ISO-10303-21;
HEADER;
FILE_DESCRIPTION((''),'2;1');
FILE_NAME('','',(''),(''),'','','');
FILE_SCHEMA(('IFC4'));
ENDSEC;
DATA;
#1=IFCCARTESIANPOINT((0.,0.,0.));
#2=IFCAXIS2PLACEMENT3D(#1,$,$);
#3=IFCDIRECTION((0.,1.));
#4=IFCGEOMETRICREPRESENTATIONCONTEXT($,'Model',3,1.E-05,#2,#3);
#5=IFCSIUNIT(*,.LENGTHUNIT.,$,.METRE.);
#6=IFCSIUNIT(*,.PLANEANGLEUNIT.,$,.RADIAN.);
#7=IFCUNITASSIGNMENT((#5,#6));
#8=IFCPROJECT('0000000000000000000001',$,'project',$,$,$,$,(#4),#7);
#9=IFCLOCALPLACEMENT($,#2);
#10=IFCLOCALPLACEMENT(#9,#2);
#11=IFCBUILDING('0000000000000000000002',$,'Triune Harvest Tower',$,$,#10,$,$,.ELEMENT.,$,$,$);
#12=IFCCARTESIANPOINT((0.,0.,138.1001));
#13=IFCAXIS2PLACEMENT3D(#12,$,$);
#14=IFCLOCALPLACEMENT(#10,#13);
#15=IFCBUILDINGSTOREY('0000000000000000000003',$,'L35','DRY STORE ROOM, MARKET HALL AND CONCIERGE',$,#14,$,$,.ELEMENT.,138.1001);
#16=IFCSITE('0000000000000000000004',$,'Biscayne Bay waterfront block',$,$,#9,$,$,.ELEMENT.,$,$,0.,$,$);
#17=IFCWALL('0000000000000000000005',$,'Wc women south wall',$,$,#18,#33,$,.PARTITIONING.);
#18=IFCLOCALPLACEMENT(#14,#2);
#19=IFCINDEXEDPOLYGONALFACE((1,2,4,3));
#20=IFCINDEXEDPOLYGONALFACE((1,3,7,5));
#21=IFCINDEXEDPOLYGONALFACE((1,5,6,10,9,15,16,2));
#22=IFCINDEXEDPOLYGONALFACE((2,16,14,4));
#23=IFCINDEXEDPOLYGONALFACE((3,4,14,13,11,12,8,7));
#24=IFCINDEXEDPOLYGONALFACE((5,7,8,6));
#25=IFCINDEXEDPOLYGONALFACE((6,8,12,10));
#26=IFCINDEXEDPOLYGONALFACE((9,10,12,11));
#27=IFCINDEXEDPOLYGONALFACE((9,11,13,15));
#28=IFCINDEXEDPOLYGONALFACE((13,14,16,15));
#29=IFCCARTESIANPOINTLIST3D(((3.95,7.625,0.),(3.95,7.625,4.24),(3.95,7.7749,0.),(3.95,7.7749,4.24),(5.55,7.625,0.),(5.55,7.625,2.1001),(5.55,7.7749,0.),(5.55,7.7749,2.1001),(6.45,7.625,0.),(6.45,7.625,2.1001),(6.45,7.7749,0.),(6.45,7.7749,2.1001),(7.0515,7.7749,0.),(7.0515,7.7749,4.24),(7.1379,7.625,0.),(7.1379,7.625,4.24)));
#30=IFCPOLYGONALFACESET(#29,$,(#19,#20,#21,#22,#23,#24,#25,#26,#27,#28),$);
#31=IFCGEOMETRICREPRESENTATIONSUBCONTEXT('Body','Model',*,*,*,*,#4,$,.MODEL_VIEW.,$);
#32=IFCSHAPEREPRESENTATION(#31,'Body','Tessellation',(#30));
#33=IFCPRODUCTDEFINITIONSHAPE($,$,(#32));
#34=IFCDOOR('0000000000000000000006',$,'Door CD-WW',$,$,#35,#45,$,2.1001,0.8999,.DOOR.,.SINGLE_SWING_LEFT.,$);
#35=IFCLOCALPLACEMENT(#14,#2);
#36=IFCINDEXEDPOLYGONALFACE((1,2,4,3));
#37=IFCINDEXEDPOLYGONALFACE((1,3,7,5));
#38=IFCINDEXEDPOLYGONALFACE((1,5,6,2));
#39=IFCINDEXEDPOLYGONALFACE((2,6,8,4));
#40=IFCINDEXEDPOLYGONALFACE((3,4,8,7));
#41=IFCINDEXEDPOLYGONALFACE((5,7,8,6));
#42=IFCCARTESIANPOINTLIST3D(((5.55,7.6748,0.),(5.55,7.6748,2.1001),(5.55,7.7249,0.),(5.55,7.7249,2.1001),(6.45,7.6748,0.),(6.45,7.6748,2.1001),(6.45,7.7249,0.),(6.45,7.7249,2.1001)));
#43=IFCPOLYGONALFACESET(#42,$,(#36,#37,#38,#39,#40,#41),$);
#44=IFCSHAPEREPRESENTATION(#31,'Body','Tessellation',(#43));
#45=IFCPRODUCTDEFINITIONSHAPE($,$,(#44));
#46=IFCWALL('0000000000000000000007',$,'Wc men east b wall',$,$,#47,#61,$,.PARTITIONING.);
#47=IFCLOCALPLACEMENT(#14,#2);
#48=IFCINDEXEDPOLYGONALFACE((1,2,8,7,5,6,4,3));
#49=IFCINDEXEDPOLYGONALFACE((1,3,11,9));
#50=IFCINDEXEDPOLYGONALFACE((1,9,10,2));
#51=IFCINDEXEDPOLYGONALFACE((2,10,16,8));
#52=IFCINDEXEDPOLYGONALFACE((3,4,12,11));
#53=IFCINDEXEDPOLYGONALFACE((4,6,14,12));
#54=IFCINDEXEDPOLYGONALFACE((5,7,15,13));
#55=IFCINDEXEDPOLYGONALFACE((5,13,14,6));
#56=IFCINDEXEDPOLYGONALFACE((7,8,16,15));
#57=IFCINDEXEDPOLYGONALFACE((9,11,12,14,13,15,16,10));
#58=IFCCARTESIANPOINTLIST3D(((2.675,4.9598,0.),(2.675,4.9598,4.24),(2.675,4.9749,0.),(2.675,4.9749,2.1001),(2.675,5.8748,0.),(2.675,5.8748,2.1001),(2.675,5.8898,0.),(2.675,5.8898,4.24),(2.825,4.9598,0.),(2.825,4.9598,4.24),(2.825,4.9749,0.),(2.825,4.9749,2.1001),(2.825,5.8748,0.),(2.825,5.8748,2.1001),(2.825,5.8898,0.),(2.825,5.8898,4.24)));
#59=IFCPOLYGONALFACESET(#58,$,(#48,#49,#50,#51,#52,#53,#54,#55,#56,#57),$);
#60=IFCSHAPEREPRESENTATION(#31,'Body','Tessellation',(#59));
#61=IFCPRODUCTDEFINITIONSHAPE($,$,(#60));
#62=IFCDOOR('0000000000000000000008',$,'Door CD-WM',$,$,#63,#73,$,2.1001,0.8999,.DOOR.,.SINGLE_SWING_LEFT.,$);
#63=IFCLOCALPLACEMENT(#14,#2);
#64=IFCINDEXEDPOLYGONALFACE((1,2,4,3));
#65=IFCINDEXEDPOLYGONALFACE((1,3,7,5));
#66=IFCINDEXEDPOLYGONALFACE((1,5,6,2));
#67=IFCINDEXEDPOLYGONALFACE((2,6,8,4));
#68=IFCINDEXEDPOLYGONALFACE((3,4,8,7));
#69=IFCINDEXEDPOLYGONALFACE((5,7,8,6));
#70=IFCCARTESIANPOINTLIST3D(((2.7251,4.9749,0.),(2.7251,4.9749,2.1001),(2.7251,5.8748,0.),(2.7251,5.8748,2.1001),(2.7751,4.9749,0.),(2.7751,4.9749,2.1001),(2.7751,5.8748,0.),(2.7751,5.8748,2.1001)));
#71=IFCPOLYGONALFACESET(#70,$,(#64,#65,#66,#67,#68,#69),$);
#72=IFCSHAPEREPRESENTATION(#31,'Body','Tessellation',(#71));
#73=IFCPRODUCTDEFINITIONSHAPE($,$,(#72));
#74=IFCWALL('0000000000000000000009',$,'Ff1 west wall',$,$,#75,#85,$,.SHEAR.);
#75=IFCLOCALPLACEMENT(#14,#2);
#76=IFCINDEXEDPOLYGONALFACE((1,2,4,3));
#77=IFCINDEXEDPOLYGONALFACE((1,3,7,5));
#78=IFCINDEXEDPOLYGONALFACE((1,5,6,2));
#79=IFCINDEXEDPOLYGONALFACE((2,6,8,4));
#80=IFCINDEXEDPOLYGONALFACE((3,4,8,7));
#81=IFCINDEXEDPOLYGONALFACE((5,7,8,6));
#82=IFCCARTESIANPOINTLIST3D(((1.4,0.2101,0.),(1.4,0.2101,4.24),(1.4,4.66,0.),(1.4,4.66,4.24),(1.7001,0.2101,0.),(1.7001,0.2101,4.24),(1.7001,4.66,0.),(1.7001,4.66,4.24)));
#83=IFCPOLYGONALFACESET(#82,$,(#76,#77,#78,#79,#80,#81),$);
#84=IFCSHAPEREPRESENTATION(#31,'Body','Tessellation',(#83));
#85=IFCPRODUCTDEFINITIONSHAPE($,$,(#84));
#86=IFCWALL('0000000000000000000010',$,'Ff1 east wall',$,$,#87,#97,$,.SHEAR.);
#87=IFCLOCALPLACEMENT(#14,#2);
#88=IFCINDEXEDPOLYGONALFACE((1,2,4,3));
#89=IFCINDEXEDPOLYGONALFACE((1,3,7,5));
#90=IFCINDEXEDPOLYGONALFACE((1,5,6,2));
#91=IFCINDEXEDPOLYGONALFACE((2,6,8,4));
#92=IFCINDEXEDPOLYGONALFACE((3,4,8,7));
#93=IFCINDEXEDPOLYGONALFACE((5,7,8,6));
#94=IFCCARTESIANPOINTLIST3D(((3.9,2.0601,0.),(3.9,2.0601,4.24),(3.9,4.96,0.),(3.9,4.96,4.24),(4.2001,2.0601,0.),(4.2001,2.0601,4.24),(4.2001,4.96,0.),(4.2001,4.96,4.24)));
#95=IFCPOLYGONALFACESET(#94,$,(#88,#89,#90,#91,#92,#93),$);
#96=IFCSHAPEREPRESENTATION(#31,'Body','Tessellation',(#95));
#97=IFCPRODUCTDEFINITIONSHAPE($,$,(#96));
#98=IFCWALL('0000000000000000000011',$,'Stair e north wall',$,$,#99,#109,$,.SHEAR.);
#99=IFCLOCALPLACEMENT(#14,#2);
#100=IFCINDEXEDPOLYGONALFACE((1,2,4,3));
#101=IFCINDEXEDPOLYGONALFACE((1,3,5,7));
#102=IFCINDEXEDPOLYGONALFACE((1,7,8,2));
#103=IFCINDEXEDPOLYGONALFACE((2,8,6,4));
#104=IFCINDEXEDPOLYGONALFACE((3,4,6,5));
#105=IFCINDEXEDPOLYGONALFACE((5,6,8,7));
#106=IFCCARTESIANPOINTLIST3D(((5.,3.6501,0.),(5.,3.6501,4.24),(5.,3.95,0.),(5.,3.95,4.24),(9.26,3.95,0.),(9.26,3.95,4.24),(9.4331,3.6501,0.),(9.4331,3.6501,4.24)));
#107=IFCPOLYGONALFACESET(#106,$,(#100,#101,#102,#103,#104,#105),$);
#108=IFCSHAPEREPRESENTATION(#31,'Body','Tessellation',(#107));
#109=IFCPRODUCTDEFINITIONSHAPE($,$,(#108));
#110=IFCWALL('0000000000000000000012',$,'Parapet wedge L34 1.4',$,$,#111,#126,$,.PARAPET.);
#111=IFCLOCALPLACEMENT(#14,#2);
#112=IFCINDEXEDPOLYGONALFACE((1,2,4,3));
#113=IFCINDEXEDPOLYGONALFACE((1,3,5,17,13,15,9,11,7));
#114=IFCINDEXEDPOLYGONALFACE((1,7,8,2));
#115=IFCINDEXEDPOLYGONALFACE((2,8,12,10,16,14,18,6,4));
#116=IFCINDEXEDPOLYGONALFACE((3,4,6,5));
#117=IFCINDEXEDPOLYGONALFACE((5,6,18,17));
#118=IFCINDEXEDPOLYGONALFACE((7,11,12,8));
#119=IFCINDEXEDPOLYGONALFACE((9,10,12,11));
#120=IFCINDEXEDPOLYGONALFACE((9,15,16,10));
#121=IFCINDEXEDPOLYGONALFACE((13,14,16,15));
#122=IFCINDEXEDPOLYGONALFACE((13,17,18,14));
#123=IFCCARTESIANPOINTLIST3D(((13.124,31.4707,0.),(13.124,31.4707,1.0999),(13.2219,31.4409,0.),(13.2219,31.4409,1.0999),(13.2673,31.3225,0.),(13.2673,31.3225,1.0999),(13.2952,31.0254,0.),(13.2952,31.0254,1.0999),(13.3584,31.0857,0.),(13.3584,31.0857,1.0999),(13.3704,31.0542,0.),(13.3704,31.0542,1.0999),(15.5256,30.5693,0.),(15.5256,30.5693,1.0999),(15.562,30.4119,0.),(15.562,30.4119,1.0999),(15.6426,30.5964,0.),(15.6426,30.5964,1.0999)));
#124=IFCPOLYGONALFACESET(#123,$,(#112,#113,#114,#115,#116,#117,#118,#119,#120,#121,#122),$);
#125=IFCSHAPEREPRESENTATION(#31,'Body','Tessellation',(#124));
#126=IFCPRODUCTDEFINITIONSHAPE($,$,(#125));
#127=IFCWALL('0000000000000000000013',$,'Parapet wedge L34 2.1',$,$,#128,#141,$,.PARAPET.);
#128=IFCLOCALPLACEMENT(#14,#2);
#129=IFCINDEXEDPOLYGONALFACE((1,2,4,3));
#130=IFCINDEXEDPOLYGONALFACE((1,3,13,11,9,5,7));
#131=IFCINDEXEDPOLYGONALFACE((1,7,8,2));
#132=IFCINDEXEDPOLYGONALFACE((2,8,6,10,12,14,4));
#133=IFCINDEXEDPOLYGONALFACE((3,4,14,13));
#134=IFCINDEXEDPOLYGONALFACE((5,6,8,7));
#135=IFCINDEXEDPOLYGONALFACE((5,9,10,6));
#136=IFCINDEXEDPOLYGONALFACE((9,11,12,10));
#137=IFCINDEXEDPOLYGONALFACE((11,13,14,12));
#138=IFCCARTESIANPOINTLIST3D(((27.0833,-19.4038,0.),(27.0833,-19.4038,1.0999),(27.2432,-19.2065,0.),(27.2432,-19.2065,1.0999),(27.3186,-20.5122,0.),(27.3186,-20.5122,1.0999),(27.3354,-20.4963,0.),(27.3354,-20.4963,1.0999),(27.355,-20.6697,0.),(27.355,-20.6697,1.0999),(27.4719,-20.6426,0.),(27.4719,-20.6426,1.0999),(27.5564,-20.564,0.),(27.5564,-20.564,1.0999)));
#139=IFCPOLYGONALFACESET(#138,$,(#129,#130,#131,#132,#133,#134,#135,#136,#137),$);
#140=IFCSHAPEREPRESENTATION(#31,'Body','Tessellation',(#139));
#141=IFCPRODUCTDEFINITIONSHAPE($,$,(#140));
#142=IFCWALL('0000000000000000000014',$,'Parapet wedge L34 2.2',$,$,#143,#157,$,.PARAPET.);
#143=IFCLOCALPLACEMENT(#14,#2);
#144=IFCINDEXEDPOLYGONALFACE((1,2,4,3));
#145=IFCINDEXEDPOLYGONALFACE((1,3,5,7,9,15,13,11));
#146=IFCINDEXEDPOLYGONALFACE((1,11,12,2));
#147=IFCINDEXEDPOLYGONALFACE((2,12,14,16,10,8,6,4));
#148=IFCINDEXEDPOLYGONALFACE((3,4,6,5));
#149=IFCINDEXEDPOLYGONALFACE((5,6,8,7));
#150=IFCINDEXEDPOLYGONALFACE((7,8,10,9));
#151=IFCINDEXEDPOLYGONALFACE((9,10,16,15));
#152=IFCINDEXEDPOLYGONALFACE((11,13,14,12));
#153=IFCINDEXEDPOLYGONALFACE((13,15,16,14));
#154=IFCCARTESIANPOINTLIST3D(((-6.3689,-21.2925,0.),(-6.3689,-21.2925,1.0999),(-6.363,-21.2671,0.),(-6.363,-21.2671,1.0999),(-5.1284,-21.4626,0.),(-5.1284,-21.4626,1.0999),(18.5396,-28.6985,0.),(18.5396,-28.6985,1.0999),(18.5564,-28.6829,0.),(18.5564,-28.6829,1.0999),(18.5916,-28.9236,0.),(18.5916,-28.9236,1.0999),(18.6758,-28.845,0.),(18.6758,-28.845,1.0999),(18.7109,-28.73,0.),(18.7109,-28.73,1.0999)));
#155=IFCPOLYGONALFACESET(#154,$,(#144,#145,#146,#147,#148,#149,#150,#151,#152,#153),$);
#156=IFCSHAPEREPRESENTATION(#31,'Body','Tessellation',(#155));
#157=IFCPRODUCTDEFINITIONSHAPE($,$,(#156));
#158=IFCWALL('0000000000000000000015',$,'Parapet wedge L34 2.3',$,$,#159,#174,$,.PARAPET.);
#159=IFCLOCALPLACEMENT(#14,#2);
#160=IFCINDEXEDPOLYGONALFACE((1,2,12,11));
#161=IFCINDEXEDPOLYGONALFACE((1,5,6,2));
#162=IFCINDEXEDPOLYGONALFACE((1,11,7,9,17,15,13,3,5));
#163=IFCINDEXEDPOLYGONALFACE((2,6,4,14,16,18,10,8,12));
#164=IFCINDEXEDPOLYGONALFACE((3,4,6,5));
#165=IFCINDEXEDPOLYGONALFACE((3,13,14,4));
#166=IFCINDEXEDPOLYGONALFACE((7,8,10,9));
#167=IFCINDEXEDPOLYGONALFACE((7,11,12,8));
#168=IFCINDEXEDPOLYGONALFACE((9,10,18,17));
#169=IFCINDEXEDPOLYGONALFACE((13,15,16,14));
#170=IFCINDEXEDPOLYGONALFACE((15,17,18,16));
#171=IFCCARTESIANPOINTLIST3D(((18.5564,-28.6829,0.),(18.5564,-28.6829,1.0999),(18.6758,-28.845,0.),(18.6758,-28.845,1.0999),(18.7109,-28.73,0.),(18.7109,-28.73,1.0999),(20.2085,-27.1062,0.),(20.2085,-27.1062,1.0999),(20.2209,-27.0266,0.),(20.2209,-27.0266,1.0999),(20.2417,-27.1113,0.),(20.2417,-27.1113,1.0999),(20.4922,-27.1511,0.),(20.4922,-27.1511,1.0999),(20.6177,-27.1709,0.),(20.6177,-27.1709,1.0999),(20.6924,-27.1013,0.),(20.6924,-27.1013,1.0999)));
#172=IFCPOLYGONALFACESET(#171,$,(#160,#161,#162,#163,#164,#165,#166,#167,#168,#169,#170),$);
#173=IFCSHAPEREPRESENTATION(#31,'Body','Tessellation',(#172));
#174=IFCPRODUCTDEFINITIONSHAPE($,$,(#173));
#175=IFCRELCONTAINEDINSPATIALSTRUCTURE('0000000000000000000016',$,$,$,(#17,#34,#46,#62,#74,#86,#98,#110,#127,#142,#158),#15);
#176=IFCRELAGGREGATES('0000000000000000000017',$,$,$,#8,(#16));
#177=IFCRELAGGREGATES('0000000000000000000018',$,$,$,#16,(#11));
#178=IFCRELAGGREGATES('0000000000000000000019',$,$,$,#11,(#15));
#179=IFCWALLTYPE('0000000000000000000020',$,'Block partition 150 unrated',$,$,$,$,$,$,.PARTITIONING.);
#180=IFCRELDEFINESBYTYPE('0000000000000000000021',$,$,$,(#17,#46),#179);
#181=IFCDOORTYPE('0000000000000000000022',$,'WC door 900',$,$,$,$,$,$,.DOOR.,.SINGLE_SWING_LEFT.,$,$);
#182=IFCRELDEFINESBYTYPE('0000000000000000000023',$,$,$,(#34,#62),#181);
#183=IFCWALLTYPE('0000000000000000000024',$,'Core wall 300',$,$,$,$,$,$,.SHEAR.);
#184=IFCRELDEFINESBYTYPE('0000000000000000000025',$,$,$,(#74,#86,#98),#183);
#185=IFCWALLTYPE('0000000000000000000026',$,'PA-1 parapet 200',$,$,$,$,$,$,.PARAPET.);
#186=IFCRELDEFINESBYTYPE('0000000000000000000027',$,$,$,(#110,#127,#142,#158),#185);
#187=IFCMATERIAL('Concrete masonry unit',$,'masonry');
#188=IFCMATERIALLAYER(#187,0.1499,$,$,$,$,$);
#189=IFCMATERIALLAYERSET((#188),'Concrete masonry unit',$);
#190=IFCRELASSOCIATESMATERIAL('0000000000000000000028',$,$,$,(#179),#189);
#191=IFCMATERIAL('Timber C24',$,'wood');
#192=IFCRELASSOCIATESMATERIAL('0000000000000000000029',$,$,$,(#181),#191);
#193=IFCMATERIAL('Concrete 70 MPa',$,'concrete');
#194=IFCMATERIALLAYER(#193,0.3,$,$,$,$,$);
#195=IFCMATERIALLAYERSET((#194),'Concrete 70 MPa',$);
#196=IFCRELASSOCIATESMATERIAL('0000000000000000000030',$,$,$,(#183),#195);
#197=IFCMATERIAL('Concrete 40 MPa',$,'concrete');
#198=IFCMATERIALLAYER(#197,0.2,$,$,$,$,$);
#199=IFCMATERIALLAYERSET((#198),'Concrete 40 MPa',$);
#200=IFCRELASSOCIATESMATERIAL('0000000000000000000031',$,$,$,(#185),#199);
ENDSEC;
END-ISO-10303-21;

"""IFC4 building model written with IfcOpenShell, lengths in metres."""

from ifc_helpers import new_model, si_unit, direction, frame, frame_2d, origin, place, context, subcontext, project, spatial, polyline, rectangle, outline, extrude, material, layer, layer_set, type_object, element, fill, save


model = new_model("IFC4")

# Units and contexts
model_context = context("Model", 3, precision=1e-05, world=origin(), true_north=direction((0.0, 1.0)))
body_context = subcontext(model_context, "Body", "Model", "MODEL_VIEW")
ifc_project = project(units=[si_unit("LENGTHUNIT", "METRE"), si_unit("PLANEANGLEUNIT", "RADIAN")], contexts=[model_context])

# Site, building, storey
site_placement = place(None, origin())
site = spatial("IfcSite", under=ifc_project, at=site_placement, Name="Biscayne Bay waterfront block", CompositionType="ELEMENT", RefElevation=0.0)
building_placement = place(site_placement, origin())
building = spatial("IfcBuilding", under=site, at=building_placement, Name="Triune Harvest Tower", CompositionType="ELEMENT")
storey_placement = place(building_placement, frame((0.0, 0.0, 138.1001)))
storey = spatial("IfcBuildingStorey", under=building, at=storey_placement, Name="L35", Description="DRY STORE ROOM, MARKET HALL AND CONCIERGE", CompositionType="ELEMENT", Elevation=138.1001)

# Walls, openings, doors
ifc_material_1 = material(Name="Concrete masonry unit", Category="masonry")
ifc_layer_1 = layer(ifc_material_1, 0.1499)
ifc_layer_set_1 = layer_set([ifc_layer_1], Name="Concrete masonry unit")
wall_type_1 = type_object("IfcWallType", Name="Block partition 150 unrated", PredefinedType="PARTITIONING", material=ifc_layer_set_1)
wall_1_placement = place(storey_placement, frame((3.95, 7.7, 0.0), z_axis=(0.0, 0.0, 1.0), x_axis=(1.0, 0.0, 0.0)))
wall_1 = element("IfcWall", 1, at=wall_1_placement, inside=storey, type_object=wall_type_1, Name="Wc women south wall", PredefinedType="PARTITIONING", context=body_context, shape_type="SweptSolid", body=[
    extrude(outline(polyline([(0.0, -0.075), (0.0, 0.075), (3.1016, 0.075), (3.188, -0.075), (0.0, -0.075)])), origin(), (0.0, 0.0, 1.0), 4.24),
])
opening_1_placement = place(wall_1_placement, frame((1.6001, 0.0, 0.0)))
opening_1 = element("IfcOpeningElement", 2, at=opening_1_placement, cuts=wall_1, PredefinedType="OPENING", context=body_context, shape_type="SweptSolid", body=[
    extrude(rectangle(XDim=0.8999, YDim=2.1001, at=frame_2d((0.45, 1.05))), frame((0.0, 0.085, 0.0), z_axis=(0.0, -1.0, 0.0), x_axis=(1.0, 0.0, 0.0)), (0.0, 0.0, 1.0), 0.1699),
])
ifc_material_2 = material(Name="Timber C24", Category="wood")
door_type_1 = type_object("IfcDoorType", Name="WC door 900", OperationType="SINGLE_SWING_LEFT", PredefinedType="DOOR", material=ifc_material_2)
door_1_placement = place(opening_1_placement, origin())
door_1 = element("IfcDoor", 3, at=door_1_placement, inside=storey, type_object=door_type_1, Name="Door CD-WW", OperationType="SINGLE_SWING_LEFT", OverallHeight=2.1001, OverallWidth=0.8999, PredefinedType="DOOR", context=body_context, shape_type="SweptSolid", body=[
    extrude(rectangle(XDim=0.8999, YDim=2.1001, at=frame_2d((0.45, 1.05))), frame((0.0, 0.0249, 0.0), z_axis=(0.0, -1.0, 0.0), x_axis=(1.0, 0.0, 0.0)), (0.0, 0.0, 1.0), 0.05),
])
fill(opening_1, door_1)
wall_2_placement = place(storey_placement, frame((2.75, 4.96, 0.0), z_axis=(0.0, 0.0, 1.0), x_axis=(0.0, 1.0, 0.0)))
wall_2 = element("IfcWall", 4, at=wall_2_placement, inside=storey, type_object=wall_type_1, Name="Wc men east b wall", PredefinedType="PARTITIONING", context=body_context, shape_type="SweptSolid", body=[
    extrude(rectangle(XDim=0.9299, YDim=0.1499, at=frame_2d((0.4648, 0.0))), origin(), (0.0, 0.0, 1.0), 4.24),
])
opening_2_placement = place(wall_2_placement, frame((0.0149, 0.0, 0.0)))
opening_2 = element("IfcOpeningElement", 5, at=opening_2_placement, cuts=wall_2, PredefinedType="OPENING", context=body_context, shape_type="SweptSolid", body=[
    extrude(rectangle(XDim=0.8999, YDim=2.1001, at=frame_2d((0.45, 1.05))), frame((0.0, 0.085, 0.0), z_axis=(0.0, -1.0, 0.0), x_axis=(1.0, 0.0, 0.0)), (0.0, 0.0, 1.0), 0.1699),
])
door_2_placement = place(opening_2_placement, origin())
door_2 = element("IfcDoor", 6, at=door_2_placement, inside=storey, type_object=door_type_1, Name="Door CD-WM", OperationType="SINGLE_SWING_LEFT", OverallHeight=2.1001, OverallWidth=0.8999, PredefinedType="DOOR", context=body_context, shape_type="SweptSolid", body=[
    extrude(rectangle(XDim=0.8999, YDim=2.1001, at=frame_2d((0.45, 1.05))), frame((0.0, 0.0249, 0.0), z_axis=(0.0, -1.0, 0.0), x_axis=(1.0, 0.0, 0.0)), (0.0, 0.0, 1.0), 0.05),
])
fill(opening_2, door_2)

# Walls
ifc_material_3 = material(Name="Concrete 70 MPa", Category="concrete")
ifc_layer_2 = layer(ifc_material_3, 0.3)
ifc_layer_set_2 = layer_set([ifc_layer_2], Name="Concrete 70 MPa")
wall_type_2 = type_object("IfcWallType", Name="Core wall 300", PredefinedType="SHEAR", material=ifc_layer_set_2)
wall_3_placement = place(storey_placement, frame((1.55, 0.21, 0.0), z_axis=(0.0, 0.0, 1.0), x_axis=(0.0, 1.0, 0.0)))
element("IfcWall", 7, at=wall_3_placement, inside=storey, type_object=wall_type_2, Name="Ff1 west wall", PredefinedType="SHEAR", context=body_context, shape_type="SweptSolid", body=[
    extrude(rectangle(XDim=4.45, YDim=0.3, at=frame_2d((2.2251, 0.0))), origin(), (0.0, 0.0, 1.0), 4.24),
])
wall_4_placement = place(storey_placement, frame((4.05, 2.0601, 0.0), z_axis=(0.0, 0.0, 1.0), x_axis=(0.0, 1.0, 0.0)))
element("IfcWall", 8, at=wall_4_placement, inside=storey, type_object=wall_type_2, Name="Ff1 east wall", PredefinedType="SHEAR", context=body_context, shape_type="SweptSolid", body=[
    extrude(rectangle(XDim=2.8999, YDim=0.3, at=frame_2d((1.45, 0.0))), origin(), (0.0, 0.0, 1.0), 4.24),
])
wall_5_placement = place(storey_placement, frame((5.0, 3.8, 0.0), z_axis=(0.0, 0.0, 1.0), x_axis=(1.0, 0.0, 0.0)))
element("IfcWall", 9, at=wall_5_placement, inside=storey, type_object=wall_type_2, Name="Stair e north wall", PredefinedType="SHEAR", context=body_context, shape_type="SweptSolid", body=[
    extrude(outline(polyline([(0.0, -0.1499), (0.0, 0.1499), (4.26, 0.1499), (4.4331, -0.1499), (0.0, -0.1499)])), origin(), (0.0, 0.0, 1.0), 4.24),
])
ifc_material_4 = material(Name="Concrete 40 MPa", Category="concrete")
ifc_layer_3 = layer(ifc_material_4, 0.2)
ifc_layer_set_3 = layer_set([ifc_layer_3], Name="Concrete 40 MPa")
wall_type_3 = type_object("IfcWallType", Name="PA-1 parapet 200", PredefinedType="PARAPET", material=ifc_layer_set_3)
wall_6_placement = place(storey_placement, origin())
element("IfcWall", 10, at=wall_6_placement, inside=storey, type_object=wall_type_3, Name="Parapet wedge L34 1.4", PredefinedType="PARAPET", context=body_context, shape_type="SweptSolid", body=[
    extrude(outline(polyline([(15.5256, 30.5693), (15.562, 30.4119), (13.3584, 31.0857), (13.3704, 31.0542), (13.2952, 31.0254), (13.124, 31.4707), (13.2219, 31.4409), (13.2673, 31.3225), (15.6426, 30.5964), (15.5256, 30.5693)])), origin(), (0.0, 0.0, 1.0), 1.0999),
])
wall_7_placement = place(storey_placement, origin())
element("IfcWall", 11, at=wall_7_placement, inside=storey, type_object=wall_type_3, Name="Parapet wedge L34 2.1", PredefinedType="PARAPET", context=body_context, shape_type="SweptSolid", body=[
    extrude(outline(polyline([(27.3186, -20.5122), (27.3354, -20.4963), (27.0833, -19.4038), (27.2432, -19.2065), (27.5564, -20.564), (27.4719, -20.6426), (27.355, -20.6697), (27.3186, -20.5122)])), origin(), (0.0, 0.0, 1.0), 1.0999),
])
wall_8_placement = place(storey_placement, origin())
element("IfcWall", 12, at=wall_8_placement, inside=storey, type_object=wall_type_3, Name="Parapet wedge L34 2.2", PredefinedType="PARAPET", context=body_context, shape_type="SweptSolid", body=[
    extrude(outline(polyline([(-6.3689, -21.2925), (-6.363, -21.2671), (-5.1284, -21.4626), (18.5396, -28.6985), (18.5564, -28.6829), (18.7109, -28.73), (18.6758, -28.845), (18.5916, -28.9236), (-6.3689, -21.2925)])), origin(), (0.0, 0.0, 1.0), 1.0999),
])
wall_9_placement = place(storey_placement, origin())
element("IfcWall", 13, at=wall_9_placement, inside=storey, type_object=wall_type_3, Name="Parapet wedge L34 2.3", PredefinedType="PARAPET", context=body_context, shape_type="SweptSolid", body=[
    extrude(outline(polyline([(18.5564, -28.6829), (20.2417, -27.1113), (20.2085, -27.1062), (20.2209, -27.0266), (20.6924, -27.1013), (20.6177, -27.1709), (20.4922, -27.1511), (18.6758, -28.845), (18.7109, -28.73), (18.5564, -28.6829)])), origin(), (0.0, 0.0, 1.0), 1.0999),
])

save(model, "model.ifc")
